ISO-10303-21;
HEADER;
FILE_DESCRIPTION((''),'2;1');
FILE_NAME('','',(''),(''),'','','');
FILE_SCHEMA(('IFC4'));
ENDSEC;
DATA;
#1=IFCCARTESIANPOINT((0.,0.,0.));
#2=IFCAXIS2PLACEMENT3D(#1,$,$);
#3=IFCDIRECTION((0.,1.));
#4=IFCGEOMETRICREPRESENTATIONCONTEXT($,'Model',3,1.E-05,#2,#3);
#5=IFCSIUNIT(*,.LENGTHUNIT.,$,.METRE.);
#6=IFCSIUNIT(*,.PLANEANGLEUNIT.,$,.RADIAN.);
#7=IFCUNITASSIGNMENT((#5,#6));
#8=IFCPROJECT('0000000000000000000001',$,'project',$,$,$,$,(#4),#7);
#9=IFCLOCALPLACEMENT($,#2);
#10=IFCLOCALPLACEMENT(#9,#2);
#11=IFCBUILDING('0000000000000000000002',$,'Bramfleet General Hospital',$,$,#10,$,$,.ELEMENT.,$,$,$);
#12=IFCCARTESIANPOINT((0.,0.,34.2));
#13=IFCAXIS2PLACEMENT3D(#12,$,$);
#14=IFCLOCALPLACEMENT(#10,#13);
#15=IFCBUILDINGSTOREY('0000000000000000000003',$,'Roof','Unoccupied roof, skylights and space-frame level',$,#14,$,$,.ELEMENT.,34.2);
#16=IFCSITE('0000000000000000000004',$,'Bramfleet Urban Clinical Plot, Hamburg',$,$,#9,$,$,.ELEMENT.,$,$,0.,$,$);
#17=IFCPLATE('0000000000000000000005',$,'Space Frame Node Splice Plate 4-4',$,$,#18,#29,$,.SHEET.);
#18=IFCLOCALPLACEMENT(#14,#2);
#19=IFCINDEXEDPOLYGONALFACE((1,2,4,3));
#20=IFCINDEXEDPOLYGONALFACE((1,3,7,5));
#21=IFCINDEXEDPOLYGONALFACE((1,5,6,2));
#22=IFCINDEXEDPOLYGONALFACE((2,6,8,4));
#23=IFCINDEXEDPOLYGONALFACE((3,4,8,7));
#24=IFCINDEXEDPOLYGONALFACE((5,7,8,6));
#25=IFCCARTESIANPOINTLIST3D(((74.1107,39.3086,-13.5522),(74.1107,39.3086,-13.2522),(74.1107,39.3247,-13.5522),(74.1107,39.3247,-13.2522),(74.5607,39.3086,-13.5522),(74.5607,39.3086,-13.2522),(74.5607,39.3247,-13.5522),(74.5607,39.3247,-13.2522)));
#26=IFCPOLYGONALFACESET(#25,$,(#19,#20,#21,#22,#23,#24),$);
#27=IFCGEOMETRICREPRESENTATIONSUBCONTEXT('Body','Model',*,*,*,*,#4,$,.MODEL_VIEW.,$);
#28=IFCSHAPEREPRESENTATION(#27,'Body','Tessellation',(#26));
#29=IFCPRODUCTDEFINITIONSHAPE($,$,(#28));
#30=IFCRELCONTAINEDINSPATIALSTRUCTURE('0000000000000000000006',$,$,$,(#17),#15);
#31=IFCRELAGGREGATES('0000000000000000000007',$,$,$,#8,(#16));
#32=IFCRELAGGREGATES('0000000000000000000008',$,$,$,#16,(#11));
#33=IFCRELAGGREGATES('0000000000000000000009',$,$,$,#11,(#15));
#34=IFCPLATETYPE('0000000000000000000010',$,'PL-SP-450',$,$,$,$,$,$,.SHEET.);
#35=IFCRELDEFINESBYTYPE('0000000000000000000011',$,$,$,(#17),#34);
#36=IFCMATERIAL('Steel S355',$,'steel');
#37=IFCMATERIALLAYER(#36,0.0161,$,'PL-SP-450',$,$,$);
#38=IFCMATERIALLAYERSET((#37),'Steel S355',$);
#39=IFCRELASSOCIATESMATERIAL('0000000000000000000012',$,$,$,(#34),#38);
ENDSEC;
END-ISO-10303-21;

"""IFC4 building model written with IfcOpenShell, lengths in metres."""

from ifc_helpers import new_model, si_unit, direction, frame, origin, origin_2d, place, context, subcontext, project, spatial, rectangle, extrude, material, layer, layer_set, type_object, element, save


model = new_model("IFC4")

# Units and contexts
model_context = context("Model", 3, precision=1e-05, world=origin(), true_north=direction((0.0, 1.0)))
body_context = subcontext(model_context, "Body", "Model", "MODEL_VIEW")
ifc_project = project(units=[si_unit("LENGTHUNIT", "METRE"), si_unit("PLANEANGLEUNIT", "RADIAN")], contexts=[model_context])

# Site, building, storey
site_placement = place(None, origin())
site = spatial("IfcSite", under=ifc_project, at=site_placement, Name="Bramfleet Urban Clinical Plot, Hamburg", CompositionType="ELEMENT", RefElevation=0.0)
building_placement = place(site_placement, origin())
building = spatial("IfcBuilding", under=site, at=building_placement, Name="Bramfleet General Hospital", CompositionType="ELEMENT")
storey_placement = place(building_placement, frame((0.0, 0.0, 34.2)))
storey = spatial("IfcBuildingStorey", under=building, at=storey_placement, Name="Roof", Description="Unoccupied roof, skylights and space-frame level", CompositionType="ELEMENT", Elevation=34.2)

# Shared definitions
ifc_material = material(Name="Steel S355", Category="steel")

# Plate
ifc_layer_1 = layer(ifc_material, 0.0161, Name="PL-SP-450")
ifc_layer_set_1 = layer_set([ifc_layer_1], Name="Steel S355")
plate_type_1 = type_object("IfcPlateType", Name="PL-SP-450", PredefinedType="SHEET", material=ifc_layer_set_1)
for number, where, z_axis, x_axis, name in (
    (1, (74.3357, 39.3167, -13.5522), (0.0, 0.0, 1.0), (1.0, 0.0, 0.0), "Space Frame Node Splice Plate 4-4"),
):
    element("IfcPlate", number, at=place(storey_placement, frame(where, z_axis=z_axis, x_axis=x_axis)), inside=storey, type_object=plate_type_1, Name=name, PredefinedType="SHEET", context=body_context, shape_type="SweptSolid", body=[
        extrude(rectangle(XDim=0.45, YDim=0.0161, at=origin_2d()), origin(), (0.0, 0.0, 1.0), 0.3),
    ])

save(model, "model.ifc")
